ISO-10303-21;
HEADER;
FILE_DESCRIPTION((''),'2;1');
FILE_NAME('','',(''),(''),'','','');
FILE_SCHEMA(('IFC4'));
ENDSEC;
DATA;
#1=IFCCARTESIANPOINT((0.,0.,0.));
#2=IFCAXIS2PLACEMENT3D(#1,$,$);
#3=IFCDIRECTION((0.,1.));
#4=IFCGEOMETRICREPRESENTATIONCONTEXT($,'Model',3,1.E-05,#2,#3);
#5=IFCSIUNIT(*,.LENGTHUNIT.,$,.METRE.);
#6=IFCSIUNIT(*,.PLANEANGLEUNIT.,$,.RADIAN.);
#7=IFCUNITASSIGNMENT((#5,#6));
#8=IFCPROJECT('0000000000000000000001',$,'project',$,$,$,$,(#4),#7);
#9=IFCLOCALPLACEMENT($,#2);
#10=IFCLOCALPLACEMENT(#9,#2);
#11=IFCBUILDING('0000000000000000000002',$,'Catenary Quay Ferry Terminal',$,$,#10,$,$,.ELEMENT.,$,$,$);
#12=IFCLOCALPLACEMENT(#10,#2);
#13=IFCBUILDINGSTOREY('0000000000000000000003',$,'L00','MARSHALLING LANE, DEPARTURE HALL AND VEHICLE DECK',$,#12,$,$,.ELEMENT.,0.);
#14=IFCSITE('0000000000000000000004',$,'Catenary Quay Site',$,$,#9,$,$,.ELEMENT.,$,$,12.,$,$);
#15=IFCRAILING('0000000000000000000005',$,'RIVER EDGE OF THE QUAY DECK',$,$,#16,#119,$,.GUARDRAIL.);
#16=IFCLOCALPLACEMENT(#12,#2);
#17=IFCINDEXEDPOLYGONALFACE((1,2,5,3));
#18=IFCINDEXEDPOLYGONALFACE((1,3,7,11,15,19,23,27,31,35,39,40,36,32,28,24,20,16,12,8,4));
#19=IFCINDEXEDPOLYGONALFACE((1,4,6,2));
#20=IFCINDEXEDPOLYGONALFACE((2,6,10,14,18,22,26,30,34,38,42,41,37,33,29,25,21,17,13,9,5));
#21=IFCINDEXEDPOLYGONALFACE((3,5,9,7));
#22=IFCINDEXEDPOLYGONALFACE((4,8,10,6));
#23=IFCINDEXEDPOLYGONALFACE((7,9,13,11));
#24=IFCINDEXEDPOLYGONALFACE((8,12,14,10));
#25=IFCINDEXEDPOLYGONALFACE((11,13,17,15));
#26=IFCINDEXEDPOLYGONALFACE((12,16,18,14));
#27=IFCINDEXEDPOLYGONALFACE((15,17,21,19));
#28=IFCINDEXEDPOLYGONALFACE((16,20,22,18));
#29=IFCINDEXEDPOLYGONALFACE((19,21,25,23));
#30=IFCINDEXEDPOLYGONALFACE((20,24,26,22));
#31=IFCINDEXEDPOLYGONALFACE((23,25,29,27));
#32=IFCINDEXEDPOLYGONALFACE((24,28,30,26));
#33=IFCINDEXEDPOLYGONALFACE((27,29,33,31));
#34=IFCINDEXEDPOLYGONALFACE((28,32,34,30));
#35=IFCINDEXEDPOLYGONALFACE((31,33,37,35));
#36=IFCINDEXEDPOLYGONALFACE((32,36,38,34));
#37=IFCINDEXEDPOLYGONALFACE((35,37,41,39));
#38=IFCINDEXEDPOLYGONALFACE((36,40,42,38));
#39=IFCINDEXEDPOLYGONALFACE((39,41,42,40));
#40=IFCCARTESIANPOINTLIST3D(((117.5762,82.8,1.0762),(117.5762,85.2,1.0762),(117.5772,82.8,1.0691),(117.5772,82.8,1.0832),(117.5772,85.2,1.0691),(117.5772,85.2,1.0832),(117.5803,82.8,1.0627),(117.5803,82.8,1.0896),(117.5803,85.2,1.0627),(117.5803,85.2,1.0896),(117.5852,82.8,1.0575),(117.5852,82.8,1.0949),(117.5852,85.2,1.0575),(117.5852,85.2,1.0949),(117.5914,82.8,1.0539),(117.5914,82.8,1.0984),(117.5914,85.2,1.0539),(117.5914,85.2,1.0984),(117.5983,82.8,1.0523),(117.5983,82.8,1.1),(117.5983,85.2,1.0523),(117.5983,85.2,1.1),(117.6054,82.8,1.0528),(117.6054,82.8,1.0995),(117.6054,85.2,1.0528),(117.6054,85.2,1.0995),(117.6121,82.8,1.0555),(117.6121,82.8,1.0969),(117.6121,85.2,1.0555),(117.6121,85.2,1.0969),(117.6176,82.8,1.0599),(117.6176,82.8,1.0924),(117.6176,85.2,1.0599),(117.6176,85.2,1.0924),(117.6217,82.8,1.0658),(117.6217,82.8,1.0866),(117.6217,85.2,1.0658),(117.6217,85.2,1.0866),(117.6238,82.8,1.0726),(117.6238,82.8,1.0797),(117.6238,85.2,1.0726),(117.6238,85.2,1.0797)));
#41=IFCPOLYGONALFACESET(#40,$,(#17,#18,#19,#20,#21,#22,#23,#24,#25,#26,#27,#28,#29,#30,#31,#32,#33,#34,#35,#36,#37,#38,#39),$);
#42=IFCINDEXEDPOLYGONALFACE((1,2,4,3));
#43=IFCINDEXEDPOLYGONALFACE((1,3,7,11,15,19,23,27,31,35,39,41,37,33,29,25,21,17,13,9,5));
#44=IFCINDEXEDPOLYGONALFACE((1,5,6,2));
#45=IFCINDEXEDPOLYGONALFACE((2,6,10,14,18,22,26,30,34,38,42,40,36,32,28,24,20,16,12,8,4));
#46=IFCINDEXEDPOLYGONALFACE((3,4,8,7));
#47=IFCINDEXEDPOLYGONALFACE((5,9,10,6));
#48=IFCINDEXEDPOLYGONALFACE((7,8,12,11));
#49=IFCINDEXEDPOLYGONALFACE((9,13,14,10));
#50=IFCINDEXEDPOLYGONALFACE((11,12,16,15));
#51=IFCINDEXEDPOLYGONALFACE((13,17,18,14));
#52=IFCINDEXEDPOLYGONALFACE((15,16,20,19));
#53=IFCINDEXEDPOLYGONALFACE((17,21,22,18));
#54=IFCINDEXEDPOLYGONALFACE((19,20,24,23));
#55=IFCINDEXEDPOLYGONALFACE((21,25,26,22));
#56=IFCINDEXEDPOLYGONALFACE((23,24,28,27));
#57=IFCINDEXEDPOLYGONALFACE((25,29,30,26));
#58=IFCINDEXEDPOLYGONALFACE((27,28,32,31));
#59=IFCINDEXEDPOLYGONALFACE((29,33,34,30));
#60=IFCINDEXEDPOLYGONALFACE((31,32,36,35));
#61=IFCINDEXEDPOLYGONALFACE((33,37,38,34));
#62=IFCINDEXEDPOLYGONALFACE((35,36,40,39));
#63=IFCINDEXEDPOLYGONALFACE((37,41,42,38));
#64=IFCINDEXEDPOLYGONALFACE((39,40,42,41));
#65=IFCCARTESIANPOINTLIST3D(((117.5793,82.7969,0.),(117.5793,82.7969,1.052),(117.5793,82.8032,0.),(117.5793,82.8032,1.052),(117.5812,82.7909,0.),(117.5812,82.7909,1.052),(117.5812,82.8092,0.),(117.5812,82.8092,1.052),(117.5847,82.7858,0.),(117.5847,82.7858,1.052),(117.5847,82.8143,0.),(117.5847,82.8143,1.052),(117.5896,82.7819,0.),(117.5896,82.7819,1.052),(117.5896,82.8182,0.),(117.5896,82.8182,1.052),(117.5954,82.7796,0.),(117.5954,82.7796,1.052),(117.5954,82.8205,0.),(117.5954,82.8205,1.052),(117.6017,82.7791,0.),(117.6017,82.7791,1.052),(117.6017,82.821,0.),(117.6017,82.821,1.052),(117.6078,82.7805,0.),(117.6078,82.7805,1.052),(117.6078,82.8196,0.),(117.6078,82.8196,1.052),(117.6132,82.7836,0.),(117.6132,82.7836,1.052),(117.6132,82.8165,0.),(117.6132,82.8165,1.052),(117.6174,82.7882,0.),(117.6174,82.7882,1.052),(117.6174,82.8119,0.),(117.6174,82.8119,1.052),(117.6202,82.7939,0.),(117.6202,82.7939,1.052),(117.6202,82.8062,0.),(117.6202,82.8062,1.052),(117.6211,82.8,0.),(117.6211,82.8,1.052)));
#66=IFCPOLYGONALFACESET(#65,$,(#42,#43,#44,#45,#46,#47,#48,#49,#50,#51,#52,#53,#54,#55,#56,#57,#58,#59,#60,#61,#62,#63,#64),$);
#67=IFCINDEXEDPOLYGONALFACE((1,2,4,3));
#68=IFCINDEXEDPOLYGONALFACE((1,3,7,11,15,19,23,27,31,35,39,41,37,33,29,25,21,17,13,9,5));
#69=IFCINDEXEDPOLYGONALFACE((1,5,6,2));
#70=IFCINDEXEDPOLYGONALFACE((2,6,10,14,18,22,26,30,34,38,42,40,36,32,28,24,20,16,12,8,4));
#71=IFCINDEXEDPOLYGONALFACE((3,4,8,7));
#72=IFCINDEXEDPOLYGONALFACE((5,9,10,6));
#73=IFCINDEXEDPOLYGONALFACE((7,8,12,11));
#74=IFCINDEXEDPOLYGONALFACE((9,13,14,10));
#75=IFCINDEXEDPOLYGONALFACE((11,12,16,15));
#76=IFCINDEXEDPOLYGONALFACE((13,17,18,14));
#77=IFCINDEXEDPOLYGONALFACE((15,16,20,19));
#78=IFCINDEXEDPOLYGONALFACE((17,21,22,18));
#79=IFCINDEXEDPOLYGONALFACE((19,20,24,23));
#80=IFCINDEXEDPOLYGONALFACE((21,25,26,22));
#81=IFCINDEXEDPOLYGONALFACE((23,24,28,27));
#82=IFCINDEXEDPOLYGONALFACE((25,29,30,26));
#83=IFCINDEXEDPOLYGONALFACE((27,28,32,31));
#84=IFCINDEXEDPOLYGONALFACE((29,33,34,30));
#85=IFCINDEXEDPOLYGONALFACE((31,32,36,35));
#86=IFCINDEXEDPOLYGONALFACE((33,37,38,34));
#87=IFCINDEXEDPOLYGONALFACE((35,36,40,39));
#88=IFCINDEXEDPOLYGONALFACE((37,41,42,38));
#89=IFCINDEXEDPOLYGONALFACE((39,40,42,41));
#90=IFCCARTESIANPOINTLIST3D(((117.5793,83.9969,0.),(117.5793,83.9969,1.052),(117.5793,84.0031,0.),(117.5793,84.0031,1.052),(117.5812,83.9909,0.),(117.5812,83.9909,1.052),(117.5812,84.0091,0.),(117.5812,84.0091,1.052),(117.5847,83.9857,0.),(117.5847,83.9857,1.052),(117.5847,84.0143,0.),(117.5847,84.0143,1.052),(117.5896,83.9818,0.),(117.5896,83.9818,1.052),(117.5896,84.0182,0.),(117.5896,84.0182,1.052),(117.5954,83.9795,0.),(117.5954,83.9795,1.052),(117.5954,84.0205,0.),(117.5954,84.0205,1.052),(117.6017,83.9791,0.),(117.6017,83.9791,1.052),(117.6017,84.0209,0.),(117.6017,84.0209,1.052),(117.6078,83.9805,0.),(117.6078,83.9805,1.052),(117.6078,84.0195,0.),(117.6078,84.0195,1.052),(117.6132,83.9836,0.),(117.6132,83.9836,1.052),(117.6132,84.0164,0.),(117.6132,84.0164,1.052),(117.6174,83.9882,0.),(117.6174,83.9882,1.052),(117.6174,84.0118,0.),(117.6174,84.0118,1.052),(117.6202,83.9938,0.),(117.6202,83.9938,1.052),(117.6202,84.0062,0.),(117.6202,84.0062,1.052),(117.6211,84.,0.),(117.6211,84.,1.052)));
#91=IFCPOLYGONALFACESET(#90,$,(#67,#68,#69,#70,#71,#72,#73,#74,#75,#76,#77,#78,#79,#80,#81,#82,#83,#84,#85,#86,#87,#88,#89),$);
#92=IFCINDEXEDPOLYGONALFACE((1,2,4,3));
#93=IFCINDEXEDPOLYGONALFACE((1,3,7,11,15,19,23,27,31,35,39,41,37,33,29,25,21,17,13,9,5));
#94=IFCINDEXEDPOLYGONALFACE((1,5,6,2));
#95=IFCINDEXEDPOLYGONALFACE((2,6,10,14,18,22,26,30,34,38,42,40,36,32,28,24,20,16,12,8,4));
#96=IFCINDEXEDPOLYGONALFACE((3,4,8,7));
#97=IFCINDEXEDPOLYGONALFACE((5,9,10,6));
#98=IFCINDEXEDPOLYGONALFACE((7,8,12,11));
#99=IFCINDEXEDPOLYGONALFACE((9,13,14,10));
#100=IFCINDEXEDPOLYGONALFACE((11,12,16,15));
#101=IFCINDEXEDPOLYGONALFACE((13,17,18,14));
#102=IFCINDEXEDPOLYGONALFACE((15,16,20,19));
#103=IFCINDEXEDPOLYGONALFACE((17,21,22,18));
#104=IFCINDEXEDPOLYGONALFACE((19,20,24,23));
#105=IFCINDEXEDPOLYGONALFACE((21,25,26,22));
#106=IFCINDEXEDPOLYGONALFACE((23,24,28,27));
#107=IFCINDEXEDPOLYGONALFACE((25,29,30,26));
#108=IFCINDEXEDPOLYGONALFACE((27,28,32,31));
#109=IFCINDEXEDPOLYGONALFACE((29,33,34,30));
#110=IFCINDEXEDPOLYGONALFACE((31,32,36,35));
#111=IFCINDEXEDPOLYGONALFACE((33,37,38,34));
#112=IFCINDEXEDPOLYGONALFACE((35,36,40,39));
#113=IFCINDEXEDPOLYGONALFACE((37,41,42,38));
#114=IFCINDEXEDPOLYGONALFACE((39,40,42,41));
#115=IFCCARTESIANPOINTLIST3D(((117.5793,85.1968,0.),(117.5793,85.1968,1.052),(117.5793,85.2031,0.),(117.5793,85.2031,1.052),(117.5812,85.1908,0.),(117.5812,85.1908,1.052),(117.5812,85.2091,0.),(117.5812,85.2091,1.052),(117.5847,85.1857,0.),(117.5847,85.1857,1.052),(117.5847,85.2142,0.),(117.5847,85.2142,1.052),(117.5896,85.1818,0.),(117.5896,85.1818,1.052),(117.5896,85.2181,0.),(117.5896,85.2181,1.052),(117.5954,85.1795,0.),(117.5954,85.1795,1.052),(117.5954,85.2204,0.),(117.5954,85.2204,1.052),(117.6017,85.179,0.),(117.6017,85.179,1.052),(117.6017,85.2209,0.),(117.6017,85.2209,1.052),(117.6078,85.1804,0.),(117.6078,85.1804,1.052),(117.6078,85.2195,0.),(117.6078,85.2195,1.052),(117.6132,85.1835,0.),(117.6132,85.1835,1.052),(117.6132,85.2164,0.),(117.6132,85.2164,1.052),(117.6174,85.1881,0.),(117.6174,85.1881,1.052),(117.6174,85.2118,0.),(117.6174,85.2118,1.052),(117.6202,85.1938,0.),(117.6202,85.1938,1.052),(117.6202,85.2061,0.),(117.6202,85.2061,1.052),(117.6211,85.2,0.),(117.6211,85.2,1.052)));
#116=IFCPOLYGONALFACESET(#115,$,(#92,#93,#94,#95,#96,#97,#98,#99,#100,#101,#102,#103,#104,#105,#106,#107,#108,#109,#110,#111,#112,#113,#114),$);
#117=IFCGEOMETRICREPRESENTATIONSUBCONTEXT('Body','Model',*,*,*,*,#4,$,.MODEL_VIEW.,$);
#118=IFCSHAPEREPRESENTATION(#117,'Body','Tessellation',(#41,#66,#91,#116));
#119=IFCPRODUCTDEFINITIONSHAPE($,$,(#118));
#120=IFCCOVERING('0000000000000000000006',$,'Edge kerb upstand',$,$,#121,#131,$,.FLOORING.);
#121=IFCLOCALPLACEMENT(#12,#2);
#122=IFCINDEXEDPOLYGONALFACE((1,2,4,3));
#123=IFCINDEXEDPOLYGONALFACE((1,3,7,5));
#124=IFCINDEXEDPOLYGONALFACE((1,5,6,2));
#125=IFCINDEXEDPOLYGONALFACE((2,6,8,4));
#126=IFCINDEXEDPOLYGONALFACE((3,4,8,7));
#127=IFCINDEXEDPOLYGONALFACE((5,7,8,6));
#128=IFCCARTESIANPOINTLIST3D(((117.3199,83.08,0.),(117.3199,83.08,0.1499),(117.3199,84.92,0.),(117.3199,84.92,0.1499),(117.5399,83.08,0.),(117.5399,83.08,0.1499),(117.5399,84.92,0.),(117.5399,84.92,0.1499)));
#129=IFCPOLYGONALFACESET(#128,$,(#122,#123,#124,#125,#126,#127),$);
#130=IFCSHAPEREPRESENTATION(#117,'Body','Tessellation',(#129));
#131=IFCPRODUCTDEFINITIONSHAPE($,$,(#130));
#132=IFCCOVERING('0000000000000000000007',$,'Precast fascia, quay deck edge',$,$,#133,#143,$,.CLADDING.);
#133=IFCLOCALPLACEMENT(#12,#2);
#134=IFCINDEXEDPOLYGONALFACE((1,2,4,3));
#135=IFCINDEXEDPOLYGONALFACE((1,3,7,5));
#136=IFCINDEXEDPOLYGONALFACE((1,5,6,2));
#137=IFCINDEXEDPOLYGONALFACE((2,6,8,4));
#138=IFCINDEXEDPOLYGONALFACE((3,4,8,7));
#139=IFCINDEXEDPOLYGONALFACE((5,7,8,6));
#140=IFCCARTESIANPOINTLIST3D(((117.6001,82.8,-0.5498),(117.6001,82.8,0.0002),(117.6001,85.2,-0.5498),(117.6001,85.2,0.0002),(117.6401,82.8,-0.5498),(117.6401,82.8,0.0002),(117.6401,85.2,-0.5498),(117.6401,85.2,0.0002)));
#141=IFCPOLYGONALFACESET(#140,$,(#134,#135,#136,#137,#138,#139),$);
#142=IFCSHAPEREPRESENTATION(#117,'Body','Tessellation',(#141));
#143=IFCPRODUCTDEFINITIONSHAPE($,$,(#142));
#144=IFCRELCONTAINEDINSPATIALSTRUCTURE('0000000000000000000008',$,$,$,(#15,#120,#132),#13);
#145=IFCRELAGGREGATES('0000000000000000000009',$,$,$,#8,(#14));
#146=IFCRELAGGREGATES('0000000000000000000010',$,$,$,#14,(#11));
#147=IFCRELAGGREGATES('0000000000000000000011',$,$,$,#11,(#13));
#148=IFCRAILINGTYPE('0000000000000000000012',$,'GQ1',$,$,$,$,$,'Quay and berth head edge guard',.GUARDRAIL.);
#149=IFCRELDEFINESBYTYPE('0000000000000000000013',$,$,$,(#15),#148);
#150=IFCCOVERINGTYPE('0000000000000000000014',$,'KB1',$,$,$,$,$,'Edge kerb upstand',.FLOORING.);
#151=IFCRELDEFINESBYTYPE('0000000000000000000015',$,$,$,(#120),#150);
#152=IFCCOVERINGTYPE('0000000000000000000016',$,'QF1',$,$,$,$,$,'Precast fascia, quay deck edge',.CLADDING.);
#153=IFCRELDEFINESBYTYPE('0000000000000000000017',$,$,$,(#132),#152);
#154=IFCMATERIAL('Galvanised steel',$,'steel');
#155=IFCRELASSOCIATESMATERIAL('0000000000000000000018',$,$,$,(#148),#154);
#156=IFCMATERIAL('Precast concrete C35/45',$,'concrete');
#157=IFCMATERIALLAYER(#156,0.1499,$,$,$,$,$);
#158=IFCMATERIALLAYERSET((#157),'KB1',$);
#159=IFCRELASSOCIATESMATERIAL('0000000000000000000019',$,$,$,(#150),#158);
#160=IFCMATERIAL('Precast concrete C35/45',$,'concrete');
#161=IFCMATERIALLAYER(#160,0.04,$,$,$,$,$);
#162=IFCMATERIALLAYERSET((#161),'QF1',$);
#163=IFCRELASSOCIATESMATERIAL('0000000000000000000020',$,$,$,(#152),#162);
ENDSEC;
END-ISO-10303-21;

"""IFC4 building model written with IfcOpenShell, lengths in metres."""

from ifc_helpers import new_model, si_unit, direction, frame, origin, origin_2d, place, context, subcontext, project, spatial, rectangle, circle, extrude, material, layer, layer_set, type_object, element, save


model = new_model("IFC4")

# Units and contexts
model_context = context("Model", 3, precision=1e-05, world=origin(), true_north=direction((0.0, 1.0)))
body_context = subcontext(model_context, "Body", "Model", "MODEL_VIEW")
ifc_project = project(units=[si_unit("LENGTHUNIT", "METRE"), si_unit("PLANEANGLEUNIT", "RADIAN")], contexts=[model_context])

# Site, building, storey
site_placement = place(None, origin())
site = spatial("IfcSite", under=ifc_project, at=site_placement, Name="Catenary Quay Site", CompositionType="ELEMENT", RefElevation=12.0)
building_placement = place(site_placement, origin())
building = spatial("IfcBuilding", under=site, at=building_placement, Name="Catenary Quay Ferry Terminal", CompositionType="ELEMENT")
storey_placement = place(building_placement, origin())
storey = spatial("IfcBuildingStorey", under=building, at=storey_placement, Name="L00", Description="MARSHALLING LANE, DEPARTURE HALL AND VEHICLE DECK", CompositionType="ELEMENT", Elevation=0.0)

# Railing
ifc_material_1 = material(Name="Galvanised steel", Category="steel")
railing_type = type_object("IfcRailingType", Name="GQ1", ElementType="Quay and berth head edge guard", PredefinedType="GUARDRAIL", material=ifc_material_1)
railing_1_placement = place(storey_placement, frame((117.6001, 82.8, 0.0)))
element("IfcRailing", 1, at=railing_1_placement, inside=storey, type_object=railing_type, Name="RIVER EDGE OF THE QUAY DECK", PredefinedType="GUARDRAIL", context=body_context, shape_type="SweptSolid", body=[
    extrude(circle(Radius=0.0239, at=origin_2d()), frame((0.0, 0.0, 1.0762), z_axis=(0.0, 1.0, 0.0), x_axis=(-1.0, 0.0, 0.0)), (0.0, 0.0, 1.0), 2.3999),
    extrude(circle(Radius=0.021, at=origin_2d()), origin(), (0.0, 0.0, 1.0), 1.052),
    extrude(circle(Radius=0.021, at=origin_2d()), frame((0.0, 1.2, 0.0)), (0.0, 0.0, 1.0), 1.052),
    extrude(circle(Radius=0.021, at=origin_2d()), frame((0.0, 2.3999, 0.0)), (0.0, 0.0, 1.0), 1.052),
])

# Coverings
ifc_material_2 = material(Name="Precast concrete C35/45", Category="concrete")
ifc_layer_1 = layer(ifc_material_2, 0.1499)
ifc_layer_set_1 = layer_set([ifc_layer_1], Name="KB1")
covering_type_1 = type_object("IfcCoveringType", Name="KB1", ElementType="Edge kerb upstand", PredefinedType="FLOORING", material=ifc_layer_set_1)
covering_1_placement = place(storey_placement, frame((117.4299, 84.0, 0.0), z_axis=(0.0, 0.0, 1.0), x_axis=(1.0, 0.0, 0.0)))
element("IfcCovering", 2, at=covering_1_placement, inside=storey, type_object=covering_type_1, Name="Edge kerb upstand", PredefinedType="FLOORING", context=body_context, shape_type="SweptSolid", body=[
    extrude(rectangle(XDim=0.22, YDim=1.8401, at=origin_2d()), origin(), (0.0, 0.0, 1.0), 0.1499),
])
ifc_material_3 = material(Name="Precast concrete C35/45", Category="concrete")
ifc_layer_2 = layer(ifc_material_3, 0.04)
ifc_layer_set_2 = layer_set([ifc_layer_2], Name="QF1")
covering_type_2 = type_object("IfcCoveringType", Name="QF1", ElementType="Precast fascia, quay deck edge", PredefinedType="CLADDING", material=ifc_layer_set_2)
covering_2_placement = place(storey_placement, frame((117.6201, 84.0, -0.5498), z_axis=(0.0, 0.0, 1.0), x_axis=(1.0, 0.0, 0.0)))
element("IfcCovering", 3, at=covering_2_placement, inside=storey, type_object=covering_type_2, Name="Precast fascia, quay deck edge", PredefinedType="CLADDING", context=body_context, shape_type="SweptSolid", body=[
    extrude(rectangle(XDim=0.04, YDim=2.3999, at=origin_2d()), origin(), (0.0, 0.0, 1.0), 0.55),
])

save(model, "model.ifc")
